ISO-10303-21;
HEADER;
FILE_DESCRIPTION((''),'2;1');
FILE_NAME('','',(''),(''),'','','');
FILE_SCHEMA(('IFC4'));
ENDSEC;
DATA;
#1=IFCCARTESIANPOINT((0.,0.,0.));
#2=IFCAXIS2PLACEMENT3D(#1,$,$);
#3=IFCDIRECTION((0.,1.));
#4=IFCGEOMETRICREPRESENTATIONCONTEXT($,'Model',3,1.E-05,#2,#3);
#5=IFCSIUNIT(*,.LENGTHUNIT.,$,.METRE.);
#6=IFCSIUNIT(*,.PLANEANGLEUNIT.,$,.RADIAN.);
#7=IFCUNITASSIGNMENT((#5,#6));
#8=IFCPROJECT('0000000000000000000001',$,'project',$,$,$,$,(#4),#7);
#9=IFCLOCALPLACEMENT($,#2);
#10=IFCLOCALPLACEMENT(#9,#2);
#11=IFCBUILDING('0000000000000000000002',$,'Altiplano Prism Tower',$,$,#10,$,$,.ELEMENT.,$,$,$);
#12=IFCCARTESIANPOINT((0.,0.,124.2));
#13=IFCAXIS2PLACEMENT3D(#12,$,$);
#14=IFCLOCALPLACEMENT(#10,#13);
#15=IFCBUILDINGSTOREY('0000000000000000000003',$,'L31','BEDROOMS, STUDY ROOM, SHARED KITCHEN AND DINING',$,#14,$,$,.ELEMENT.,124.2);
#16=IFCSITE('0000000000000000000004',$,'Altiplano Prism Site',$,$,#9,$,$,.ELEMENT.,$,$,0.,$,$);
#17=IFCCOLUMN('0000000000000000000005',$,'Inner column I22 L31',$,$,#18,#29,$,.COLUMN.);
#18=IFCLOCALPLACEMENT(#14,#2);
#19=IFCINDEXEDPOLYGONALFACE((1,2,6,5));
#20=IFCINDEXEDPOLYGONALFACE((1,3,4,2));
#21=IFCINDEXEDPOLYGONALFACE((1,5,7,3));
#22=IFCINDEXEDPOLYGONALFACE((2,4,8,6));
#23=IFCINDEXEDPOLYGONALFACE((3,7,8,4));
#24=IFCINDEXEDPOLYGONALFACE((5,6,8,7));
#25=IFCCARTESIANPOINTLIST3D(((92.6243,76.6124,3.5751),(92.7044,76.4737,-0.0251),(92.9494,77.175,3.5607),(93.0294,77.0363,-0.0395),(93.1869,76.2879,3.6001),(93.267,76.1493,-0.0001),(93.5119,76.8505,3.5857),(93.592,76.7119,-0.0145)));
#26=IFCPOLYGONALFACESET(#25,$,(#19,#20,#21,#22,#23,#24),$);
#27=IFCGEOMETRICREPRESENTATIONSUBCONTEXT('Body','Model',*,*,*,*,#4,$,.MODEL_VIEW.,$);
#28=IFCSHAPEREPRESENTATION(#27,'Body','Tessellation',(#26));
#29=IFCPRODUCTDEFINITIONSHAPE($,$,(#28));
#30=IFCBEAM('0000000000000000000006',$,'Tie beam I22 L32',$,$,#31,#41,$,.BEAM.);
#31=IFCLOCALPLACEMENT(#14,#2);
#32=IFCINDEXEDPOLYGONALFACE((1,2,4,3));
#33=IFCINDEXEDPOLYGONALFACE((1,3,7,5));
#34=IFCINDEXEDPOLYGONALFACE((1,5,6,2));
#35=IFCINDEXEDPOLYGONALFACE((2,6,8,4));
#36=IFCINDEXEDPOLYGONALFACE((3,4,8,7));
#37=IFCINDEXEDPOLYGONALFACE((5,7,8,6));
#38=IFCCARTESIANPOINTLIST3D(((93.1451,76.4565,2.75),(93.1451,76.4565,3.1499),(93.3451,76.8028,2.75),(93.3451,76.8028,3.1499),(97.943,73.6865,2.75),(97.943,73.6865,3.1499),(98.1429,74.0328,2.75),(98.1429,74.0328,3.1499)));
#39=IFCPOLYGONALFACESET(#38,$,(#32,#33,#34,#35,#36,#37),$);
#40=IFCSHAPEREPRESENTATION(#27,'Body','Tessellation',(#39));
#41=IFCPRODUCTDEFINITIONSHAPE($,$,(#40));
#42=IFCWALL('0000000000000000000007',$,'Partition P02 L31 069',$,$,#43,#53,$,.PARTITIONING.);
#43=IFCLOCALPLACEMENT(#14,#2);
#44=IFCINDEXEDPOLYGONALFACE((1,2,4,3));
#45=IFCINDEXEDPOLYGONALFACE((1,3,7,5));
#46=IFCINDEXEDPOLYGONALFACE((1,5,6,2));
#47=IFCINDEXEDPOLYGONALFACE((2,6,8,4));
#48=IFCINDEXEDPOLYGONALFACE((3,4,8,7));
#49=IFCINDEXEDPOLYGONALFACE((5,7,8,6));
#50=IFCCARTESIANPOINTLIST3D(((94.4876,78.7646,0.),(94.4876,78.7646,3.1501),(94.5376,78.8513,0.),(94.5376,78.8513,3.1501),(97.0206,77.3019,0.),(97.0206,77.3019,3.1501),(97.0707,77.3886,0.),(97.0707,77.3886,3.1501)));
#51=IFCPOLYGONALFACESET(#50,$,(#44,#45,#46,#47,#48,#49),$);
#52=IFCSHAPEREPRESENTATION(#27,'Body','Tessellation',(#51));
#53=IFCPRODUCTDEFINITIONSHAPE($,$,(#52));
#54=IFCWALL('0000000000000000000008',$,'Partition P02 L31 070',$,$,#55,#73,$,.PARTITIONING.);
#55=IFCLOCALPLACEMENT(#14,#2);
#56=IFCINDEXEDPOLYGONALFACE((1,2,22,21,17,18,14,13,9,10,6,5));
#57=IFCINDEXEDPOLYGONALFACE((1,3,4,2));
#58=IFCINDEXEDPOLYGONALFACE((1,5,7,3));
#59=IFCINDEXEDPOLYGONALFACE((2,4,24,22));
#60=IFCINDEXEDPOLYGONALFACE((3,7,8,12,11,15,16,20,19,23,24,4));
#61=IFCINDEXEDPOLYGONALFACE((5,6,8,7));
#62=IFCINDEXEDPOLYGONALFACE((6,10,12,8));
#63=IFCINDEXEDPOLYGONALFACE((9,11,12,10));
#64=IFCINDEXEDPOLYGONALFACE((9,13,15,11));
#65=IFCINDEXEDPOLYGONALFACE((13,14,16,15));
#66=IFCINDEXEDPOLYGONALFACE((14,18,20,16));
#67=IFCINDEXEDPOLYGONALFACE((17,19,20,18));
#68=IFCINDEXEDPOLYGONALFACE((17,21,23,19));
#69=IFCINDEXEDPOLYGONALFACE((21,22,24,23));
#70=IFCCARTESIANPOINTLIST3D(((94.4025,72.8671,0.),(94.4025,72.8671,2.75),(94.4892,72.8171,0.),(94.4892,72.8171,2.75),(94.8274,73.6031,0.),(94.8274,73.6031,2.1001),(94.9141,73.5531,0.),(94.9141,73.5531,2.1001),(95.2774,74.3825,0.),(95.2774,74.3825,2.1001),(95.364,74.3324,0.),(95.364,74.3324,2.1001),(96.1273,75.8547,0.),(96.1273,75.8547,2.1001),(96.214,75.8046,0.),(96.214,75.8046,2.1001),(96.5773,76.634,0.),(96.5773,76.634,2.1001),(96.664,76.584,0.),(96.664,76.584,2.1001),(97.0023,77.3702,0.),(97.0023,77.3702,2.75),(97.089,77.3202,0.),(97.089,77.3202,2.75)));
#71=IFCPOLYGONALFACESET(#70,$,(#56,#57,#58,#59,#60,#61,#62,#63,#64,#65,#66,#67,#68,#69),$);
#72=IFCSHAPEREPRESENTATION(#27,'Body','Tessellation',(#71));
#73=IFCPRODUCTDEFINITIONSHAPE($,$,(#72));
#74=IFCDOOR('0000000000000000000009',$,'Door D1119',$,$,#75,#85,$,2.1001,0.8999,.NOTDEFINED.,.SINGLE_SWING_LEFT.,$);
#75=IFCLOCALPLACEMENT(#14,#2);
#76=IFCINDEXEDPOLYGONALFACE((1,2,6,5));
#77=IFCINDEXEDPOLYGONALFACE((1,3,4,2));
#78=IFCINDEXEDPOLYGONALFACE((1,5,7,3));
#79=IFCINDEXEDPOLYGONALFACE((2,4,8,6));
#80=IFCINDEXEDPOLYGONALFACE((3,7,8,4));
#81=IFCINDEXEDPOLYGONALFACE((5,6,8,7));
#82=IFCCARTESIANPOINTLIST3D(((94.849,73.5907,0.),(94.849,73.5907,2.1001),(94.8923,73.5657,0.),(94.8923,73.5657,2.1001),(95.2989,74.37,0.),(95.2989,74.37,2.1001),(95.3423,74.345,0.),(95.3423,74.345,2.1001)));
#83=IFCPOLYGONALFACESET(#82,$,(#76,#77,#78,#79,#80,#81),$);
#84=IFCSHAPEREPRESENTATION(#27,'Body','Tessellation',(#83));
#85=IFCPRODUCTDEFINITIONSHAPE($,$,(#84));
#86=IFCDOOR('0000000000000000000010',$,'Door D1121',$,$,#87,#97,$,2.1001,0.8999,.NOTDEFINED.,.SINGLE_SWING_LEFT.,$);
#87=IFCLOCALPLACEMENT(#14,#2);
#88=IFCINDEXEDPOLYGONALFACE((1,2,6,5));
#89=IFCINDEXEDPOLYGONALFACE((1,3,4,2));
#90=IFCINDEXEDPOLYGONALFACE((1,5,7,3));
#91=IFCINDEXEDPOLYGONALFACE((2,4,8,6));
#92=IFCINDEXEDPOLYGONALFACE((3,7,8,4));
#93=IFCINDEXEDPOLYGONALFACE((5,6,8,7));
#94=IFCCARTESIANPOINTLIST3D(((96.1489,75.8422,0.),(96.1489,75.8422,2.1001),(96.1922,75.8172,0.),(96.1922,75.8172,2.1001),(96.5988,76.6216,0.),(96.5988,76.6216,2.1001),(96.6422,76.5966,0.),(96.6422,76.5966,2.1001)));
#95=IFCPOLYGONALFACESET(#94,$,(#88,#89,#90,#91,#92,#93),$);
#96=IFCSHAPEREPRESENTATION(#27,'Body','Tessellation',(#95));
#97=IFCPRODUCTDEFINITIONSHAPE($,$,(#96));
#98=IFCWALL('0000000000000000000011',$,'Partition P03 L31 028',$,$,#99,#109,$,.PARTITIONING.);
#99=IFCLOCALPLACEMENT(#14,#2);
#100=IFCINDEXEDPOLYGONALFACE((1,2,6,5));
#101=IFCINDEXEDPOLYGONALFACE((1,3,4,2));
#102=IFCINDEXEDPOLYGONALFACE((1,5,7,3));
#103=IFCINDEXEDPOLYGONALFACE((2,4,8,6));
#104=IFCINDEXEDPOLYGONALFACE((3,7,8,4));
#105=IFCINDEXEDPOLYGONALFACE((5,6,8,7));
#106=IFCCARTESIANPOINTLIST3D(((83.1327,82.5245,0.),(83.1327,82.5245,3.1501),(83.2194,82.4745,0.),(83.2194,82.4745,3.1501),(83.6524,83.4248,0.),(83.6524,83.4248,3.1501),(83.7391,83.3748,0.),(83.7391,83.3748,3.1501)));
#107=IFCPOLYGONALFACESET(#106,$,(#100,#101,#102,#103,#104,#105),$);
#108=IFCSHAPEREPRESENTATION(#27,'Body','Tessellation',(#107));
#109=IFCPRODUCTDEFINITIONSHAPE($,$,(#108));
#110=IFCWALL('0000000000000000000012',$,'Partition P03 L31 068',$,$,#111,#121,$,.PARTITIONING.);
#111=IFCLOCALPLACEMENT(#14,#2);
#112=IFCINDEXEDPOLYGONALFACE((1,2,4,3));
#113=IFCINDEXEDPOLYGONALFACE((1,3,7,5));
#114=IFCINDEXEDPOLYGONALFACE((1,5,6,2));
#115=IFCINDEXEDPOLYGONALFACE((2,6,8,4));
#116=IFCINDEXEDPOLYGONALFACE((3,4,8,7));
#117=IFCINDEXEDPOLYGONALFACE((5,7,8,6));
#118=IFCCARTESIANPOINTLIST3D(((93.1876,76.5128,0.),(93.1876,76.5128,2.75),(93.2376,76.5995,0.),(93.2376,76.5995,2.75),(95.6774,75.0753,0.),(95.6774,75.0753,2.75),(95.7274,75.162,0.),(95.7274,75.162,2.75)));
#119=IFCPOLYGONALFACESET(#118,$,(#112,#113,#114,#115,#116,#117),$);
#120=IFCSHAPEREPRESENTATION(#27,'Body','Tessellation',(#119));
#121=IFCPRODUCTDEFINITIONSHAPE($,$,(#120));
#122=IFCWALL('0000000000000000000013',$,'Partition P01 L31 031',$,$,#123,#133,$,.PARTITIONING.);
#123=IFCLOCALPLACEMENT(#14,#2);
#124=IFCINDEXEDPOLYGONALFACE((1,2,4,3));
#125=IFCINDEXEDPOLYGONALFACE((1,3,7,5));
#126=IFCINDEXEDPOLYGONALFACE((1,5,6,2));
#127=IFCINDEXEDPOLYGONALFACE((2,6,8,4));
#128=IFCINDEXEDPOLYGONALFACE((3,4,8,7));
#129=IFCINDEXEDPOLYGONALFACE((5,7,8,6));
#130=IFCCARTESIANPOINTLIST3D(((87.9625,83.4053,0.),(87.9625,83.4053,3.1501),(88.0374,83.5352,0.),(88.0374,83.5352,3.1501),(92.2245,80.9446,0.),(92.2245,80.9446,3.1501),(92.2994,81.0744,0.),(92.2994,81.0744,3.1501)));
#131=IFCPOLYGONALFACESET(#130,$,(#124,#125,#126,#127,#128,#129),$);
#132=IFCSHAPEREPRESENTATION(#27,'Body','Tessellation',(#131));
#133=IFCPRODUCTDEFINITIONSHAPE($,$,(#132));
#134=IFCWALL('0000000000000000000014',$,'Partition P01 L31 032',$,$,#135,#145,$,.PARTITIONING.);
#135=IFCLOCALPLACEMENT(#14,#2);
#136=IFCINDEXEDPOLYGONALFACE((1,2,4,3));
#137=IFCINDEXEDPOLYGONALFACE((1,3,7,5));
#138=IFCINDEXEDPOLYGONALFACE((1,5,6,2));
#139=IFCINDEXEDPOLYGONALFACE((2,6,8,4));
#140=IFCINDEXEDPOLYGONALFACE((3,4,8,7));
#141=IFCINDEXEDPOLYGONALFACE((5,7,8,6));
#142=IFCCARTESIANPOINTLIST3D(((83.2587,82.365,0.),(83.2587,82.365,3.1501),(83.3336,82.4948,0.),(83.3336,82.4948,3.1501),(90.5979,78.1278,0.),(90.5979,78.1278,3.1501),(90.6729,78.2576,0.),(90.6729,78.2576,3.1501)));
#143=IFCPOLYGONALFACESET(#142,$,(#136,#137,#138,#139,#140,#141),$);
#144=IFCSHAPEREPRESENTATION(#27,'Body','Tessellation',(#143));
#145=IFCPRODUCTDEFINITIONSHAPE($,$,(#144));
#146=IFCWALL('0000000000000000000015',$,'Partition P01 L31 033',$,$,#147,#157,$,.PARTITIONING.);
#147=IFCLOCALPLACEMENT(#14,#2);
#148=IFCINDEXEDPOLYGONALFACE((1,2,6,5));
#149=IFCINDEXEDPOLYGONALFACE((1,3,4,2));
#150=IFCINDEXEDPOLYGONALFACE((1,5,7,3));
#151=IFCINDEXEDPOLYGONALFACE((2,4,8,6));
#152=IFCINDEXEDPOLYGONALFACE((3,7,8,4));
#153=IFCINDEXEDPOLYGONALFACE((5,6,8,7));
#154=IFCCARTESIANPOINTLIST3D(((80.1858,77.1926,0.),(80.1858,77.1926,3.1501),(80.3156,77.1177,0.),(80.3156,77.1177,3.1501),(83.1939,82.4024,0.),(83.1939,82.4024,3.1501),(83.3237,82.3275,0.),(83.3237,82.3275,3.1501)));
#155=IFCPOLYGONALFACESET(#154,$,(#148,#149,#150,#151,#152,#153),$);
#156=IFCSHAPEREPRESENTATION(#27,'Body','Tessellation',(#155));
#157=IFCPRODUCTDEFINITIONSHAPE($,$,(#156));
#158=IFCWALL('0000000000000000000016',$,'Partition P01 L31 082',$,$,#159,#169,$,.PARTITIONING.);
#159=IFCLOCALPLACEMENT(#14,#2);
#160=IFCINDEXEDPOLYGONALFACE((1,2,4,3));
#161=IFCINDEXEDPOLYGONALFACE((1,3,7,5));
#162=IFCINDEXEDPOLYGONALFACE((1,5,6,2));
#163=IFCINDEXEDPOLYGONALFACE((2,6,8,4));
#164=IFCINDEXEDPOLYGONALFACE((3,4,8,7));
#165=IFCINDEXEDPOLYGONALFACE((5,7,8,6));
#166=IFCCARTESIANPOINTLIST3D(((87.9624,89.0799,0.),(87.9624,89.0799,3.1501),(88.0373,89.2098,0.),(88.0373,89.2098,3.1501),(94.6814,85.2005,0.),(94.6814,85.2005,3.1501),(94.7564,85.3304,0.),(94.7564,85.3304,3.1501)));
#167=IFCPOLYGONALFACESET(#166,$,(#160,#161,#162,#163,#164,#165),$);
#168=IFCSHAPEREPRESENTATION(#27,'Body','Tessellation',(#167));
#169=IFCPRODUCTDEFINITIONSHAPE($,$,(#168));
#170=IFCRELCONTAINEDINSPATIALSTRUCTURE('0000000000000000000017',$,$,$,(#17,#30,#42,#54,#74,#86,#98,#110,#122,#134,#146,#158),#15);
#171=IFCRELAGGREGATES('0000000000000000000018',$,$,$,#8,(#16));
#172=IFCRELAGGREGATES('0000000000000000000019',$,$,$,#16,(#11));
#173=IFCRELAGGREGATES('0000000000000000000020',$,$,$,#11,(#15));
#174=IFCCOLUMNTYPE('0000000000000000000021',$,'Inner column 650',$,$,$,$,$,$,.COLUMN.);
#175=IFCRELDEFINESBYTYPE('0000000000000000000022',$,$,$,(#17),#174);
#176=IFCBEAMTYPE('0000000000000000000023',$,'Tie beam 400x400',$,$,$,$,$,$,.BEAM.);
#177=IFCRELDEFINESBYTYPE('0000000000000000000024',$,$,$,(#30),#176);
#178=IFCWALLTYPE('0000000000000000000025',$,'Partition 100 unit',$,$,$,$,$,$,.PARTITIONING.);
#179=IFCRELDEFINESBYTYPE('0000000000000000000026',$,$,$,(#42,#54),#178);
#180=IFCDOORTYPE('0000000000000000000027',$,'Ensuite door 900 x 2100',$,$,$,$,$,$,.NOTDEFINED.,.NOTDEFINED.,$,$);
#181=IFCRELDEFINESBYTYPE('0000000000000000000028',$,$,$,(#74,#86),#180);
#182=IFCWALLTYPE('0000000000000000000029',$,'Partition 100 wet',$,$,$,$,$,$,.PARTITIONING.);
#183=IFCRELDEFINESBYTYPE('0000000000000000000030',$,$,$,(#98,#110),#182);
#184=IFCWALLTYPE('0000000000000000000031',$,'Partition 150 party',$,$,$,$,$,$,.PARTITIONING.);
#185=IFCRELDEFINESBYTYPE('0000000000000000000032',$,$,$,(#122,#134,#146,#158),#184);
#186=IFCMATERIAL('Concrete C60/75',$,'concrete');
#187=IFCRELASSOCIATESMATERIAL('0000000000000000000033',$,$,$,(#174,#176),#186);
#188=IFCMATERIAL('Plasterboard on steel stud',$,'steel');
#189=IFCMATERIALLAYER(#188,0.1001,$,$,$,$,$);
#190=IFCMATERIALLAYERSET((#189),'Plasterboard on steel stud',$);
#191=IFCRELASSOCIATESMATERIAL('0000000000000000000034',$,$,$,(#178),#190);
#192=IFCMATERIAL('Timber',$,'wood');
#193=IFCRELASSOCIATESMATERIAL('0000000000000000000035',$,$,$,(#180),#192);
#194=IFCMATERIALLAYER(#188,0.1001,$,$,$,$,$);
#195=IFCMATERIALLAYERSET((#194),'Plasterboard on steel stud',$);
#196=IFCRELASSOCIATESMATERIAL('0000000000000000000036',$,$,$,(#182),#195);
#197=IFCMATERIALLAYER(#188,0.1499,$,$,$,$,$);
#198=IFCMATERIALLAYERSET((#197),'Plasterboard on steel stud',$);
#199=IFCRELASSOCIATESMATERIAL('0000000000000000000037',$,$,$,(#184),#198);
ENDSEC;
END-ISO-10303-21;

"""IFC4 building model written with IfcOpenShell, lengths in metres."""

from ifc_helpers import new_model, si_unit, direction, frame, frame_2d, origin, origin_2d, place, context, subcontext, project, spatial, rectangle, extrude, material, layer, layer_set, material_profile, profile_set, type_object, element, fill, save


model = new_model("IFC4")

# Units and contexts
model_context = context("Model", 3, precision=1e-05, world=origin(), true_north=direction((0.0, 1.0)))
body_context = subcontext(model_context, "Body", "Model", "MODEL_VIEW")
ifc_project = project(units=[si_unit("LENGTHUNIT", "METRE"), si_unit("PLANEANGLEUNIT", "RADIAN")], contexts=[model_context])

# Site, building, storey
site_placement = place(None, origin())
site = spatial("IfcSite", under=ifc_project, at=site_placement, Name="Altiplano Prism Site", CompositionType="ELEMENT", RefElevation=0.0)
building_placement = place(site_placement, origin())
building = spatial("IfcBuilding", under=site, at=building_placement, Name="Altiplano Prism Tower", CompositionType="ELEMENT")
storey_placement = place(building_placement, frame((0.0, 0.0, 124.2)))
storey = spatial("IfcBuildingStorey", under=building, at=storey_placement, Name="L31", Description="BEDROOMS, STUDY ROOM, SHARED KITCHEN AND DINING", CompositionType="ELEMENT", Elevation=124.2)

# Column
ifc_material_1 = material(Name="Concrete C60/75", Category="concrete")
ifc_material_profile_1 = material_profile(ifc_material_1, rectangle(XDim=0.6499, YDim=0.6499, at=origin_2d()), Name="Inner column 650")
ifc_profile_set_1 = profile_set([ifc_material_profile_1], Name="Concrete C60/75")
column_type = type_object("IfcColumnType", Name="Inner column 650", PredefinedType="COLUMN", material=ifc_profile_set_1)
column_placement = place(storey_placement, frame((93.1482, 76.5928, -0.0198), z_axis=(-0.022221, 0.038481, 0.999012), x_axis=(-0.50017, -0.865642, 0.022218)))
element("IfcColumn", 1, at=column_placement, inside=storey, type_object=column_type, Name="Inner column I22 L31", PredefinedType="COLUMN", context=body_context, shape_type="SweptSolid", body=[
    extrude(rectangle(XDim=0.6499, YDim=0.6499, at=origin_2d()), origin(), (0.0, 0.0, 1.0), 3.6038),
])

# Beam
ifc_material_profile_2 = material_profile(ifc_material_1, rectangle(XDim=0.3999, YDim=0.3999, at=origin_2d()), Name="Tie beam 400x400")
ifc_profile_set_2 = profile_set([ifc_material_profile_2], Name="Concrete C60/75")
beam_type = type_object("IfcBeamType", Name="Tie beam 400x400", PredefinedType="BEAM", material=ifc_profile_set_2)
beam_placement = place(storey_placement, frame((93.2451, 76.6296, 2.95), z_axis=(0.866027, -0.499997, 0.0), x_axis=(0.499997, 0.866027, 0.0)))
element("IfcBeam", 2, at=beam_placement, inside=storey, type_object=beam_type, Name="Tie beam I22 L32", PredefinedType="BEAM", context=body_context, shape_type="SweptSolid", body=[
    extrude(rectangle(XDim=0.3999, YDim=0.3999, at=origin_2d()), origin(), (0.0, 0.0, 1.0), 5.54),
])

# Wall
ifc_material_2 = material(Name="Plasterboard on steel stud", Category="steel")
ifc_layer_1 = layer(ifc_material_2, 0.1001)
ifc_layer_set_1 = layer_set([ifc_layer_1], Name="Plasterboard on steel stud")
wall_type_1 = type_object("IfcWallType", Name="Partition 100 unit", PredefinedType="PARTITIONING", material=ifc_layer_set_1)
wall_1_placement = place(storey_placement, frame((94.5127, 78.8079, 0.0), z_axis=(0.0, 0.0, 1.0), x_axis=(0.86599, -0.500062, 0.0)))
element("IfcWall", 3, at=wall_1_placement, inside=storey, type_object=wall_type_1, Name="Partition P02 L31 069", PredefinedType="PARTITIONING", context=body_context, shape_type="SweptSolid", body=[
    extrude(rectangle(XDim=2.925, YDim=0.1001, at=frame_2d((1.4624, 0.0))), origin(), (0.0, 0.0, 1.0), 3.1501),
])

# Wall, openings, doors
wall_2_placement = place(storey_placement, frame((97.0457, 77.3452, 0.0), z_axis=(0.0, 0.0, 1.0), x_axis=(-0.499992, -0.86603, 0.0)))
wall_2 = element("IfcWall", 4, at=wall_2_placement, inside=storey, type_object=wall_type_1, Name="Partition P02 L31 070", PredefinedType="PARTITIONING", context=body_context, shape_type="SweptSolid", body=[
    extrude(rectangle(XDim=5.1997, YDim=0.1001, at=frame_2d((2.5999, 0.0))), origin(), (0.0, 0.0, 1.0), 2.75),
])
opening_1_placement = place(wall_2_placement, frame((3.45, 0.0, 0.0)))
opening_1 = element("IfcOpeningElement", 5, at=opening_1_placement, cuts=wall_2, PredefinedType="OPENING", context=body_context, shape_type="SweptSolid", body=[
    extrude(rectangle(XDim=0.8999, YDim=2.1001, at=frame_2d((0.45, 1.05))), frame((0.0, 0.0605, 0.0), z_axis=(0.0, -1.0, 0.0), x_axis=(1.0, 0.0, 0.0)), (0.0, 0.0, 1.0), 0.1211),
])
opening_2_placement = place(wall_2_placement, frame((0.8501, 0.0, 0.0)))
opening_2 = element("IfcOpeningElement", 6, at=opening_2_placement, cuts=wall_2, PredefinedType="OPENING", context=body_context, shape_type="SweptSolid", body=[
    extrude(rectangle(XDim=0.8999, YDim=2.1001, at=frame_2d((0.45, 1.05))), frame((0.0, 0.0605, 0.0), z_axis=(0.0, -1.0, 0.0), x_axis=(1.0, 0.0, 0.0)), (0.0, 0.0, 1.0), 0.1211),
])
ifc_material_3 = material(Name="Timber", Category="wood")
door_type = type_object("IfcDoorType", Name="Ensuite door 900 x 2100", OperationType="NOTDEFINED", PredefinedType="NOTDEFINED", material=ifc_material_3)
door_1_placement = place(opening_1_placement, origin())
door_1 = element("IfcDoor", 7, at=door_1_placement, inside=storey, type_object=door_type, Name="Door D1119", OperationType="SINGLE_SWING_LEFT", OverallHeight=2.1001, OverallWidth=0.8999, PredefinedType="NOTDEFINED", context=body_context, shape_type="SweptSolid", body=[
    extrude(rectangle(XDim=0.8999, YDim=2.1001, at=frame_2d((0.45, 1.05))), frame((0.0, 0.0249, 0.0), z_axis=(0.0, -1.0, 0.0), x_axis=(1.0, 0.0, 0.0)), (0.0, 0.0, 1.0), 0.05),
])
fill(opening_1, door_1)
door_2_placement = place(opening_2_placement, origin())
door_2 = element("IfcDoor", 8, at=door_2_placement, inside=storey, type_object=door_type, Name="Door D1121", OperationType="SINGLE_SWING_LEFT", OverallHeight=2.1001, OverallWidth=0.8999, PredefinedType="NOTDEFINED", context=body_context, shape_type="SweptSolid", body=[
    extrude(rectangle(XDim=0.8999, YDim=2.1001, at=frame_2d((0.45, 1.05))), frame((0.0, 0.0249, 0.0), z_axis=(0.0, -1.0, 0.0), x_axis=(1.0, 0.0, 0.0)), (0.0, 0.0, 1.0), 0.05),
])
fill(opening_2, door_2)

# Walls
ifc_layer_2 = layer(ifc_material_2, 0.1001)
ifc_layer_set_2 = layer_set([ifc_layer_2], Name="Plasterboard on steel stud")
wall_type_2 = type_object("IfcWallType", Name="Partition 100 wet", PredefinedType="PARTITIONING", material=ifc_layer_set_2)
wall_3_placement = place(storey_placement, frame((83.176, 82.4995, 0.0), z_axis=(0.0, 0.0, 1.0), x_axis=(0.499953, 0.866053, 0.0)))
element("IfcWall", 9, at=wall_3_placement, inside=storey, type_object=wall_type_2, Name="Partition P03 L31 028", PredefinedType="PARTITIONING", context=body_context, shape_type="SweptSolid", body=[
    extrude(rectangle(XDim=1.0396, YDim=0.1001, at=frame_2d((0.5198, 0.0))), origin(), (0.0, 0.0, 1.0), 3.1501),
])
wall_4_placement = place(storey_placement, frame((95.7024, 75.1187, 0.0), z_axis=(0.0, 0.0, 1.0), x_axis=(-0.866019, 0.500012, 0.0)))
element("IfcWall", 10, at=wall_4_placement, inside=storey, type_object=wall_type_2, Name="Partition P03 L31 068", PredefinedType="PARTITIONING", context=body_context, shape_type="SweptSolid", body=[
    extrude(rectangle(XDim=2.875, YDim=0.1001, at=frame_2d((1.4375, 0.0))), origin(), (0.0, 0.0, 1.0), 2.75),
])
ifc_layer_3 = layer(ifc_material_2, 0.1499)
ifc_layer_set_3 = layer_set([ifc_layer_3], Name="Plasterboard on steel stud")
wall_type_3 = type_object("IfcWallType", Name="Partition 150 party", PredefinedType="PARTITIONING", material=ifc_layer_set_3)
wall_5_placement = place(storey_placement, frame((92.262, 81.0095, 0.0), z_axis=(0.0, 0.0, 1.0), x_axis=(-0.866021, 0.500007, 0.0)))
element("IfcWall", 11, at=wall_5_placement, inside=storey, type_object=wall_type_3, Name="Partition P01 L31 031", PredefinedType="PARTITIONING", context=body_context, shape_type="SweptSolid", body=[
    extrude(rectangle(XDim=4.9214, YDim=0.1499, at=frame_2d((2.4607, 0.0))), origin(), (0.0, 0.0, 1.0), 3.1501),
])
wall_6_placement = place(storey_placement, frame((83.2961, 82.4299, 0.0), z_axis=(0.0, 0.0, 1.0), x_axis=(0.866029, -0.499993, 0.0)))
element("IfcWall", 12, at=wall_6_placement, inside=storey, type_object=wall_type_3, Name="Partition P01 L31 032", PredefinedType="PARTITIONING", context=body_context, shape_type="SweptSolid", body=[
    extrude(rectangle(XDim=8.4746, YDim=0.1499, at=frame_2d((4.2373, 0.0))), origin(), (0.0, 0.0, 1.0), 3.1501),
])
wall_7_placement = place(storey_placement, frame((80.2507, 77.1553, 0.0), z_axis=(0.0, 0.0, 1.0), x_axis=(0.500028, 0.866009, 0.0)))
element("IfcWall", 13, at=wall_7_placement, inside=storey, type_object=wall_type_3, Name="Partition P01 L31 033", PredefinedType="PARTITIONING", context=body_context, shape_type="SweptSolid", body=[
    extrude(rectangle(XDim=6.0159, YDim=0.1499, at=frame_2d((3.0078, 0.0))), origin(), (0.0, 0.0, 1.0), 3.1501),
])
wall_8_placement = place(storey_placement, frame((94.719, 85.2654, 0.0), z_axis=(0.0, 0.0, 1.0), x_axis=(-0.866015, 0.500018, 0.0)))
element("IfcWall", 14, at=wall_8_placement, inside=storey, type_object=wall_type_3, Name="Partition P01 L31 082", PredefinedType="PARTITIONING", context=body_context, shape_type="SweptSolid", body=[
    extrude(rectangle(XDim=7.7585, YDim=0.1499, at=frame_2d((3.8794, 0.0))), origin(), (0.0, 0.0, 1.0), 3.1501),
])

save(model, "model.ifc")
